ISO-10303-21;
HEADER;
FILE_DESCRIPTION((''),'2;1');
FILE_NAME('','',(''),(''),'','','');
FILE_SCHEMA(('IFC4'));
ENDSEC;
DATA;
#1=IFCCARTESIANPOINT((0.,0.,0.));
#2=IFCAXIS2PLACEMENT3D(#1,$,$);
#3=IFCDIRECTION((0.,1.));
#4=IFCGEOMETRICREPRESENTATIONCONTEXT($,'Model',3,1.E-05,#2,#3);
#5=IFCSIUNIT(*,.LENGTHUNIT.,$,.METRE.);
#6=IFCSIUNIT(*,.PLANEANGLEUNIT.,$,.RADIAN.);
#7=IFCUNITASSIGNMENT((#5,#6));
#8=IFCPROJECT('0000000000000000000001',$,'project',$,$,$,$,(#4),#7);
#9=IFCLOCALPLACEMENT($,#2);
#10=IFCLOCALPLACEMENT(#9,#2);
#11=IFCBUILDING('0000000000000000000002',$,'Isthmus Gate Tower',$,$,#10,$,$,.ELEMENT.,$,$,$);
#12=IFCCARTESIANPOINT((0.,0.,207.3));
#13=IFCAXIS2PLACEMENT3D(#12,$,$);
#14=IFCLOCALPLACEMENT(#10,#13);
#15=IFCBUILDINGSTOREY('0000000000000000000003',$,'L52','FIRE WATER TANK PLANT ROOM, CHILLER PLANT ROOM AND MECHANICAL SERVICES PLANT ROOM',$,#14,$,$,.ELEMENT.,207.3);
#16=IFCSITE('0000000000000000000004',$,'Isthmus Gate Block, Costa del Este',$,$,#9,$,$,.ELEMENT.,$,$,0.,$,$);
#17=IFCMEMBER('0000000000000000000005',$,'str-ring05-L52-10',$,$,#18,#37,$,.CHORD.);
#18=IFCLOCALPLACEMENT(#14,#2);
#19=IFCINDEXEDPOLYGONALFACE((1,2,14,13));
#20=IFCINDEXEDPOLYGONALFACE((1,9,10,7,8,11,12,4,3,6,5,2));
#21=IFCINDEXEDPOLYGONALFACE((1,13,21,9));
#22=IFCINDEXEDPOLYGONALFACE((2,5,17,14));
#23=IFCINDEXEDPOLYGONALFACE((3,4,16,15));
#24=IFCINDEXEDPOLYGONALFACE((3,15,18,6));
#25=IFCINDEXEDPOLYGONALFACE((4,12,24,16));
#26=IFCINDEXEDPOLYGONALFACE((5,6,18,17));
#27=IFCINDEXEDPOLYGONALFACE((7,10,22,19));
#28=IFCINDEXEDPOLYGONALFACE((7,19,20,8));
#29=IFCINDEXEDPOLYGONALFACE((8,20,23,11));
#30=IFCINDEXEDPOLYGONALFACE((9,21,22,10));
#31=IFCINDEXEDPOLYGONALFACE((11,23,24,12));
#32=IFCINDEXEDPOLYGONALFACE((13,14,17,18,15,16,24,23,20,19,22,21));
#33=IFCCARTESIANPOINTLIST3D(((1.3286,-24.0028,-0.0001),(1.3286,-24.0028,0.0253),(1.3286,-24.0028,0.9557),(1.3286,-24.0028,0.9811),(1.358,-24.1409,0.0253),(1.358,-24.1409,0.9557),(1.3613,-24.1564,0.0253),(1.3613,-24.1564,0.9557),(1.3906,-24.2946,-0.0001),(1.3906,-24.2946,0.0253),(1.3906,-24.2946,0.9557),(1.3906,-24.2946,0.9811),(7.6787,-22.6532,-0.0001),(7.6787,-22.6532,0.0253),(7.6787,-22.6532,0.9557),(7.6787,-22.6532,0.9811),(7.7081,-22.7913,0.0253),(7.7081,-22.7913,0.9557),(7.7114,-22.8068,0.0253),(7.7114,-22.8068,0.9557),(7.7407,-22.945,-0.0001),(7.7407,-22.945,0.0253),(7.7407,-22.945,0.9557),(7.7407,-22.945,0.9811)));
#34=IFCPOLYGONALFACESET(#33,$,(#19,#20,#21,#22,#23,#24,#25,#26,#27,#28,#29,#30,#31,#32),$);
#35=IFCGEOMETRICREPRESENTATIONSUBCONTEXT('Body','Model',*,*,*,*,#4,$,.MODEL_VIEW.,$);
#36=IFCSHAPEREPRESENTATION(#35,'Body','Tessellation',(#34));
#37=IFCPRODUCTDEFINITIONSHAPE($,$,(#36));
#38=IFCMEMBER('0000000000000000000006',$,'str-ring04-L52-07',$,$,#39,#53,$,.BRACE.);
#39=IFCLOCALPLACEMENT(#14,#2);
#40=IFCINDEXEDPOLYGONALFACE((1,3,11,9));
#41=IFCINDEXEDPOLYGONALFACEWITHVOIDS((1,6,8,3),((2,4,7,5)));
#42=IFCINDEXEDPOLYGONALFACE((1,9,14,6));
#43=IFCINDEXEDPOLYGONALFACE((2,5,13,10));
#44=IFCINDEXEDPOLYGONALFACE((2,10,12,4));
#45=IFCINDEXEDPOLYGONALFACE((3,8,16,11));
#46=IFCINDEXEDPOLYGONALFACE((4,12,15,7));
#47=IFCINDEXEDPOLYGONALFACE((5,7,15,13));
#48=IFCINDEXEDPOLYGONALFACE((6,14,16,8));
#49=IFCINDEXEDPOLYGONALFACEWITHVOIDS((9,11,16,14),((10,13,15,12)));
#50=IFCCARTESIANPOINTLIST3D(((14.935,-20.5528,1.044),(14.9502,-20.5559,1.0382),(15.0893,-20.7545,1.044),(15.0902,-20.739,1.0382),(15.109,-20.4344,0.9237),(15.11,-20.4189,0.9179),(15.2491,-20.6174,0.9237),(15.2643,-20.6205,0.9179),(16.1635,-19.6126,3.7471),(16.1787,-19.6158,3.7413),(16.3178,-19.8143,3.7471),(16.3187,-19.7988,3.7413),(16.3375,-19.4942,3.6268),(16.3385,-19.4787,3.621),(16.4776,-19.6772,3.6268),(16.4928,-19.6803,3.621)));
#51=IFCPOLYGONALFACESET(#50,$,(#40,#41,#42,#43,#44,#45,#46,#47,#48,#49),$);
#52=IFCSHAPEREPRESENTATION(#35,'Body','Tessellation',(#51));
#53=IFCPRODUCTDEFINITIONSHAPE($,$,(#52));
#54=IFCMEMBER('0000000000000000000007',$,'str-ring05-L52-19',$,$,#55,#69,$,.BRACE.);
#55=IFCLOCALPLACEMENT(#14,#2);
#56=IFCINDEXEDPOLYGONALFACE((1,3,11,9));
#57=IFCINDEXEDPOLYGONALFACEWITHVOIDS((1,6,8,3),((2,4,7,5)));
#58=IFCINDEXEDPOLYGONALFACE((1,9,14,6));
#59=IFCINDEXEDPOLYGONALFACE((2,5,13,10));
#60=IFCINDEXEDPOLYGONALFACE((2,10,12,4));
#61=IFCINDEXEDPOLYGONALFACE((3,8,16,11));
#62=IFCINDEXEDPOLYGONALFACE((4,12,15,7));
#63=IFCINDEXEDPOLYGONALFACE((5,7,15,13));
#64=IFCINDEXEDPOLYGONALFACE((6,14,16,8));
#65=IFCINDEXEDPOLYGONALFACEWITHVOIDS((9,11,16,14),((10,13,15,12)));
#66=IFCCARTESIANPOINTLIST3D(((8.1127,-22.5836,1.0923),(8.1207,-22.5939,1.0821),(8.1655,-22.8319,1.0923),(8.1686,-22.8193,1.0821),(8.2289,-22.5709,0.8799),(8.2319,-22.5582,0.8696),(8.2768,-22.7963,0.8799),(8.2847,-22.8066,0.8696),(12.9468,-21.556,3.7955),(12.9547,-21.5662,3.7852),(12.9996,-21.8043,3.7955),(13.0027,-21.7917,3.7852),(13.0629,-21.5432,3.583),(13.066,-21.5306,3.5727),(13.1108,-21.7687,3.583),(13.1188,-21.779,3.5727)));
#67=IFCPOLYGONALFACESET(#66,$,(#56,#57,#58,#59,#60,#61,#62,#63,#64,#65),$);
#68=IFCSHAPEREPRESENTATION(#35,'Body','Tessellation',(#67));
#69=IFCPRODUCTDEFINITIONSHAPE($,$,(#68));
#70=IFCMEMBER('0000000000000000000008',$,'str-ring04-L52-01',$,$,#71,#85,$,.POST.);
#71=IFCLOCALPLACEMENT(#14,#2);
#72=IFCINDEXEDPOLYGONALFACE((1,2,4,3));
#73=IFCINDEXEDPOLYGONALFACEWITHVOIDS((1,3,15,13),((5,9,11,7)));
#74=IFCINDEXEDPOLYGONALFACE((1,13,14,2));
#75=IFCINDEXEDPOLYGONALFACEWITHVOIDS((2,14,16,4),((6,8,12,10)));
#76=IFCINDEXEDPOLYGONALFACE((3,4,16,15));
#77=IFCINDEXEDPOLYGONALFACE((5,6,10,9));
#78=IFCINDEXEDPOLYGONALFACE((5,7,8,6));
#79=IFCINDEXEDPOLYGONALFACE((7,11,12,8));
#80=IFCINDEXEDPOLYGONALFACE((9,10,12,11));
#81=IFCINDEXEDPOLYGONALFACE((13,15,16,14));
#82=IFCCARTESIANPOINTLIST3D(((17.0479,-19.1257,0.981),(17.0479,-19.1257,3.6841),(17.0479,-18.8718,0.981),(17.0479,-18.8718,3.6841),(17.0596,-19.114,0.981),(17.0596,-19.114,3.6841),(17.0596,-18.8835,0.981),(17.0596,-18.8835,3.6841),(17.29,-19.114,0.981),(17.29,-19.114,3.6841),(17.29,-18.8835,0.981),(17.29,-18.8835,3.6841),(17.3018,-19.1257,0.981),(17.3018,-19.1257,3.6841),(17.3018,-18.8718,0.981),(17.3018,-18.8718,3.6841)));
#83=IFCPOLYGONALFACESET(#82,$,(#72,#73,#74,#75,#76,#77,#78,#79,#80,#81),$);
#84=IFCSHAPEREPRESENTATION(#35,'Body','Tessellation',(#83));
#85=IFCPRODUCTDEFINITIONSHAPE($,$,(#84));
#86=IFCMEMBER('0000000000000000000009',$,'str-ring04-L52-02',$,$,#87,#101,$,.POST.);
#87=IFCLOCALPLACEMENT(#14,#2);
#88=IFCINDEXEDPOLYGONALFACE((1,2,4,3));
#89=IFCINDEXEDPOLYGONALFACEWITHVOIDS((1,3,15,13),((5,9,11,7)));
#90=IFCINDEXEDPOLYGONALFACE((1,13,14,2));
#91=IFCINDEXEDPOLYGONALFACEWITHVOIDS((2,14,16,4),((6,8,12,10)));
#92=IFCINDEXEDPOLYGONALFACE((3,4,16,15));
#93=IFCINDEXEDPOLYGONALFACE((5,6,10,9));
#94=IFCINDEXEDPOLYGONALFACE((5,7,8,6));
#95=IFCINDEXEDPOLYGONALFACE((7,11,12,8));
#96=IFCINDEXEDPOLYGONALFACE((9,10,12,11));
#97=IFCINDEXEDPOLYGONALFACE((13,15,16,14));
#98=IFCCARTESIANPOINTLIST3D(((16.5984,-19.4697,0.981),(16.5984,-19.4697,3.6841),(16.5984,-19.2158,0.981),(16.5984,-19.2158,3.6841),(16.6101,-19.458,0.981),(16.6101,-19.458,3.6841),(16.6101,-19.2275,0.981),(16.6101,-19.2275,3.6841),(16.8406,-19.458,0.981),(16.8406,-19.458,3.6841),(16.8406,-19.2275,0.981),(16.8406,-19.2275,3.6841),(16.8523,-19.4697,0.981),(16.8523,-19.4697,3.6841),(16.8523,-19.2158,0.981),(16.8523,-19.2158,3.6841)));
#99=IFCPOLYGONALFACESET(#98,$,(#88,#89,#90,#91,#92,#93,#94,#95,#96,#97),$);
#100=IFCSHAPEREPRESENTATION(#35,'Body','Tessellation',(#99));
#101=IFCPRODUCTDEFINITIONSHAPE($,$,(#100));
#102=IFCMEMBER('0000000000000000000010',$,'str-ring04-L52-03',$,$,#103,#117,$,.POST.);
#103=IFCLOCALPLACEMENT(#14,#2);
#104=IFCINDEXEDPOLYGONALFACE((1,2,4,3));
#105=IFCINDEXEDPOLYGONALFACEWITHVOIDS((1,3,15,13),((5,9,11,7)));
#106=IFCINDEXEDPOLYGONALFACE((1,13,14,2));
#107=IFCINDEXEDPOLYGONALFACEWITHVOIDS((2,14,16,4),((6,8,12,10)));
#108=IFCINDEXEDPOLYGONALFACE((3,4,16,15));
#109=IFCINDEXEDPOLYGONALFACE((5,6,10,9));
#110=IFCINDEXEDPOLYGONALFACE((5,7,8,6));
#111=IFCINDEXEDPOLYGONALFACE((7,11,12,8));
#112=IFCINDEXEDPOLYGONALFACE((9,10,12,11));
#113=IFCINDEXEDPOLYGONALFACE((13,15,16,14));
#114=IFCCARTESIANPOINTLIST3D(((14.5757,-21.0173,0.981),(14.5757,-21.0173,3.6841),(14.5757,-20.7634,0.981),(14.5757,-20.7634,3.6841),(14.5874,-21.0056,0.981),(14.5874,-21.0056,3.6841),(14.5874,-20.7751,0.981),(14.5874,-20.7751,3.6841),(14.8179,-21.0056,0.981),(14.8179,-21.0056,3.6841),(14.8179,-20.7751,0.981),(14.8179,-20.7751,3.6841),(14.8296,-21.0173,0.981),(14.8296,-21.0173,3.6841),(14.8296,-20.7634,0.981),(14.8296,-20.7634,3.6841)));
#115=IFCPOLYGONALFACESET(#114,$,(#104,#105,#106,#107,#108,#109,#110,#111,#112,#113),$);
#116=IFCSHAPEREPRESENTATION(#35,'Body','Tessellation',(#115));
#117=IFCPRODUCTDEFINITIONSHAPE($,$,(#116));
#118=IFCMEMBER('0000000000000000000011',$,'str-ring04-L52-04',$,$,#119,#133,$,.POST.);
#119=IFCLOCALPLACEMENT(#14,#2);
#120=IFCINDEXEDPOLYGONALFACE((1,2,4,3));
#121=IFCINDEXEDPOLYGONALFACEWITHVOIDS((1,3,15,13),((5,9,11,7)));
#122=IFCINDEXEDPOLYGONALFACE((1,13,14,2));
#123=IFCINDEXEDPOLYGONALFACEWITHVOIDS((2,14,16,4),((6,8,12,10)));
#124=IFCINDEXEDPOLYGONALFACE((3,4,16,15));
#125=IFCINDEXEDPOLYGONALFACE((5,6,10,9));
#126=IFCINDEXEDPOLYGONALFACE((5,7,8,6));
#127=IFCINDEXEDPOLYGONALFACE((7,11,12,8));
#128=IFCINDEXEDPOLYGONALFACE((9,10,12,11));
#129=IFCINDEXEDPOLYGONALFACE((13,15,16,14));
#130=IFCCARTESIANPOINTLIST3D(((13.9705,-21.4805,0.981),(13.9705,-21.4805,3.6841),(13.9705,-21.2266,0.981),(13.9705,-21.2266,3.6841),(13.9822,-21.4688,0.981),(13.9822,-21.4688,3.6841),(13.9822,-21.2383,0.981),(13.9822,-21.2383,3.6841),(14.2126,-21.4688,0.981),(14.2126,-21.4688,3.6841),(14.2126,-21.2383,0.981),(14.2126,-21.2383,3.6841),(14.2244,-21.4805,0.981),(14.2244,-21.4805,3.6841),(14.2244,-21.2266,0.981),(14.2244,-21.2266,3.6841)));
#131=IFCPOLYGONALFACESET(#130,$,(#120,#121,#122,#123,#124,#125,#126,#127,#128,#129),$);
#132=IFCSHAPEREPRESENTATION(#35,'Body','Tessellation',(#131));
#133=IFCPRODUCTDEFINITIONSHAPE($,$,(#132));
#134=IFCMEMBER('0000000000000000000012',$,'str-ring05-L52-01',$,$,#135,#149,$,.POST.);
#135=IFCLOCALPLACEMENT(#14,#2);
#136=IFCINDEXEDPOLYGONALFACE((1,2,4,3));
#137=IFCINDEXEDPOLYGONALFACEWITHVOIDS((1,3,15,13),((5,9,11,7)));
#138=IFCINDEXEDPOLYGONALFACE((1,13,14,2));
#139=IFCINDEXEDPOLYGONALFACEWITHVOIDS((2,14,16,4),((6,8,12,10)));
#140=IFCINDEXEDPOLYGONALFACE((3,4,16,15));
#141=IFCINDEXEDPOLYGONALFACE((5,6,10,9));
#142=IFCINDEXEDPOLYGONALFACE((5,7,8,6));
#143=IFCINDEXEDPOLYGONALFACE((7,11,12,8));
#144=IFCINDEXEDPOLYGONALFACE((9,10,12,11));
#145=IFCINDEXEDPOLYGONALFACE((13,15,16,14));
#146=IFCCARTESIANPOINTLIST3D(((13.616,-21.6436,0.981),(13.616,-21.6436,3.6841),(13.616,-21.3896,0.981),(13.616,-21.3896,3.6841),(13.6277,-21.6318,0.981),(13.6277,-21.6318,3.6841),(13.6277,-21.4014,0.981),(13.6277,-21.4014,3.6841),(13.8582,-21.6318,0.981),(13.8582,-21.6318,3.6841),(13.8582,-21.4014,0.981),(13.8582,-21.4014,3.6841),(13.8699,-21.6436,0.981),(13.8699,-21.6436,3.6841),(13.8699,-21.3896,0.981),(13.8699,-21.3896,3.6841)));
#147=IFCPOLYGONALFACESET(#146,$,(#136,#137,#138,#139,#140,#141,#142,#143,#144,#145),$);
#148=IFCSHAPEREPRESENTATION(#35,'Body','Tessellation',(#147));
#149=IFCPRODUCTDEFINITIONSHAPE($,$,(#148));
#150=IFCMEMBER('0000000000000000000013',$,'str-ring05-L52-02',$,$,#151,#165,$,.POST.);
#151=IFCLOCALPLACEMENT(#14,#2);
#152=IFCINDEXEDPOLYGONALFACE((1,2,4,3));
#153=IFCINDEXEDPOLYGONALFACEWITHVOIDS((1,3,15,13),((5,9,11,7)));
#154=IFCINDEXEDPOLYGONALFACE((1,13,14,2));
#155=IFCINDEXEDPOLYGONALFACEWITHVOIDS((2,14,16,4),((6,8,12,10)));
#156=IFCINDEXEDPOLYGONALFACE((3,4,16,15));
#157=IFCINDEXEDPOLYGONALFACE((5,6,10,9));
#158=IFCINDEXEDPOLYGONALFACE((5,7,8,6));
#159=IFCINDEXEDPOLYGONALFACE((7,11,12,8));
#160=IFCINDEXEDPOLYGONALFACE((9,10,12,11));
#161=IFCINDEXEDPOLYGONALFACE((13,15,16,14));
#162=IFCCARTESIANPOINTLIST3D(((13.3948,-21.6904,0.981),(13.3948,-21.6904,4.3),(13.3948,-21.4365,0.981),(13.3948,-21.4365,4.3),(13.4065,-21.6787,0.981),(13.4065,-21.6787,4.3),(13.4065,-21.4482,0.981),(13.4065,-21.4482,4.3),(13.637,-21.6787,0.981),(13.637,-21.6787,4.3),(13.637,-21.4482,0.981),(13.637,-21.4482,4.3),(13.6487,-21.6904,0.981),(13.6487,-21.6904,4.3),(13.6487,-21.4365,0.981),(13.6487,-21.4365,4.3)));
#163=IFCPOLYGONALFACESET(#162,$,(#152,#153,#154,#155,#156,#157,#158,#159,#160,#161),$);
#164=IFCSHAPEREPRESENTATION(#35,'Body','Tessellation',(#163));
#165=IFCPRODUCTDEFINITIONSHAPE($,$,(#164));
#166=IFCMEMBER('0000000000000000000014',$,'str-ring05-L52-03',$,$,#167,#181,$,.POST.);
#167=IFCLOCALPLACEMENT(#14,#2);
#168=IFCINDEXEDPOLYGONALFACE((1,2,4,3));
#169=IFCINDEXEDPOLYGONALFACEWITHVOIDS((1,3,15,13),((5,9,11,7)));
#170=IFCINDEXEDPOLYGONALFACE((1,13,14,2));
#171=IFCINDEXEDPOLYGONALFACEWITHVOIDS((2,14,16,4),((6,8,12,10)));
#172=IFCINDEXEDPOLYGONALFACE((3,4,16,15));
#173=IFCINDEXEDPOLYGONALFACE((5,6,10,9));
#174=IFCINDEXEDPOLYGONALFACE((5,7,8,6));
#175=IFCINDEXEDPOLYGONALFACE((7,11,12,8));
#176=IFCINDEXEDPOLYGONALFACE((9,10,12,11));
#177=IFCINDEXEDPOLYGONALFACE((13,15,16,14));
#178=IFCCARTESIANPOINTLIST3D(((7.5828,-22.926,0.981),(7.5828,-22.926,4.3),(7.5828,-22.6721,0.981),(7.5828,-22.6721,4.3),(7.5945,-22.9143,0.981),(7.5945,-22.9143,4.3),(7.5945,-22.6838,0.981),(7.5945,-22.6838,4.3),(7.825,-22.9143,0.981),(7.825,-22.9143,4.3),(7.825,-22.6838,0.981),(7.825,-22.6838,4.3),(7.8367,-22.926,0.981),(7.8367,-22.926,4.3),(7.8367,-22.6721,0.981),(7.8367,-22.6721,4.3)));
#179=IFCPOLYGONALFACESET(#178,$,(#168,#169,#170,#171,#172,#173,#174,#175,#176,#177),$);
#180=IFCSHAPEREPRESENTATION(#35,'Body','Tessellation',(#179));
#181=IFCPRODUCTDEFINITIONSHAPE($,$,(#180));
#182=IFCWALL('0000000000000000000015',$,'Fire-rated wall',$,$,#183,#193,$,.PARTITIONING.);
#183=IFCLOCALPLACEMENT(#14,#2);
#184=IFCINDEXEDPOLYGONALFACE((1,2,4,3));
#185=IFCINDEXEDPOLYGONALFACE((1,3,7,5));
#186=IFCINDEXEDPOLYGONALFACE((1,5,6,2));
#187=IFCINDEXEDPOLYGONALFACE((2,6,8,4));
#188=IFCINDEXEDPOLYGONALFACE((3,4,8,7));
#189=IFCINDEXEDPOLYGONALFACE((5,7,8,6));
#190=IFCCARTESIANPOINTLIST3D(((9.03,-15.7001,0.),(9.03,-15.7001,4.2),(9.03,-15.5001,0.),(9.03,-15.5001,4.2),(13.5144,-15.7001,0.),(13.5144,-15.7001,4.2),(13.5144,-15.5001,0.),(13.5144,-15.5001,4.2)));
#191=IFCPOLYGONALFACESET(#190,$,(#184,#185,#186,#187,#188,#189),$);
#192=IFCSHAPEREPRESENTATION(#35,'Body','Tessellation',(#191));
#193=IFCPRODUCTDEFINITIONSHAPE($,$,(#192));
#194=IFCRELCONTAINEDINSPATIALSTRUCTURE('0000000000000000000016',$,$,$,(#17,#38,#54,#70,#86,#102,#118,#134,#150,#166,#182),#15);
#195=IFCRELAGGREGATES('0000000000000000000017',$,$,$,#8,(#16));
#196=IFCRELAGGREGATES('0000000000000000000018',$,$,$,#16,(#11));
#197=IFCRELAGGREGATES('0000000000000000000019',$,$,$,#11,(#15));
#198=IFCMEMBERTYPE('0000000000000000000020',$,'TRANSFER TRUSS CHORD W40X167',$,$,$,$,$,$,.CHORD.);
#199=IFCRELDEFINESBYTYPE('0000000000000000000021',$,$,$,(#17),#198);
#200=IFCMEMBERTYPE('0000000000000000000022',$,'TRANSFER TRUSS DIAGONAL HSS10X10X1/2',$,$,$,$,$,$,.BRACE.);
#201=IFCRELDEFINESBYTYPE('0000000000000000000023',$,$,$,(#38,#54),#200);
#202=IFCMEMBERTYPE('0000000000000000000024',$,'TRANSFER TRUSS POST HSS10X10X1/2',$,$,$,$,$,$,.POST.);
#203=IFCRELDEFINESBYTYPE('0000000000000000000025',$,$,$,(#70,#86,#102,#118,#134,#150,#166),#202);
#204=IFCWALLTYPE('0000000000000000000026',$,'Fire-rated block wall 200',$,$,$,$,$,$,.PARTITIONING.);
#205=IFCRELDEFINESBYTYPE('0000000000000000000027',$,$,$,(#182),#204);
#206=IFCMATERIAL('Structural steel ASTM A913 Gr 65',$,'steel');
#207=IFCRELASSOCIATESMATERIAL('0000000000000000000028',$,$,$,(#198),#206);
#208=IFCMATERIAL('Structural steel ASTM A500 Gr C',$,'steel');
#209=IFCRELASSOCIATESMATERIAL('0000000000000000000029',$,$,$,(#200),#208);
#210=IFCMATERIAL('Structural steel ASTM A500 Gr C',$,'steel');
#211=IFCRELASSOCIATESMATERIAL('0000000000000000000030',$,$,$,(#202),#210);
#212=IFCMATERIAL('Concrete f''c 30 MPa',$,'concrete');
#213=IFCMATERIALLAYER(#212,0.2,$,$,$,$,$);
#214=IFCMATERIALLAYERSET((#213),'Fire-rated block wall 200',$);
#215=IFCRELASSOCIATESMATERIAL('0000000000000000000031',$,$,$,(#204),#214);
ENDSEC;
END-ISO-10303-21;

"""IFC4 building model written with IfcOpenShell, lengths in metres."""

from ifc_helpers import new_model, si_unit, direction, frame, frame_2d, origin, origin_2d, place, context, subcontext, project, spatial, rectangle, hollow_rectangle, i_section, extrude, material, layer, layer_set, material_profile, profile_set, type_object, element, save


model = new_model("IFC4")

# Units and contexts
model_context = context("Model", 3, precision=1e-05, world=origin(), true_north=direction((0.0, 1.0)))
body_context = subcontext(model_context, "Body", "Model", "MODEL_VIEW")
ifc_project = project(units=[si_unit("LENGTHUNIT", "METRE"), si_unit("PLANEANGLEUNIT", "RADIAN")], contexts=[model_context])

# Site, building, storey
site_placement = place(None, origin())
site = spatial("IfcSite", under=ifc_project, at=site_placement, Name="Isthmus Gate Block, Costa del Este", CompositionType="ELEMENT", RefElevation=0.0)
building_placement = place(site_placement, origin())
building = spatial("IfcBuilding", under=site, at=building_placement, Name="Isthmus Gate Tower", CompositionType="ELEMENT")
storey_placement = place(building_placement, frame((0.0, 0.0, 207.3)))
storey = spatial("IfcBuildingStorey", under=building, at=storey_placement, Name="L52", Description="FIRE WATER TANK PLANT ROOM, CHILLER PLANT ROOM AND MECHANICAL SERVICES PLANT ROOM", CompositionType="ELEMENT", Elevation=207.3)

# Members
ifc_material_1 = material(Name="Structural steel ASTM A913 Gr 65", Category="steel")
ifc_material_profile_1 = material_profile(ifc_material_1, i_section(OverallWidth=0.2983, OverallDepth=0.9812, WebThickness=0.0159, FlangeThickness=0.0254, at=origin_2d()), Name="W40X167")
ifc_profile_set_1 = profile_set([ifc_material_profile_1], Name="Structural steel ASTM A913 Gr 65")
member_type_1 = type_object("IfcMemberType", Name="TRANSFER TRUSS CHORD W40X167", PredefinedType="CHORD", material=ifc_profile_set_1)
member_1_placement = place(storey_placement, frame((7.7097, -22.7991, 0.4905), z_axis=(-0.978152, -0.20789, 0.0), x_axis=(0.20789, -0.978152, 0.0)))
element("IfcMember", 1, at=member_1_placement, inside=storey, type_object=member_type_1, Name="str-ring05-L52-10", PredefinedType="CHORD", context=body_context, shape_type="SweptSolid", body=[
    extrude(i_section(OverallWidth=0.2983, OverallDepth=0.9812, WebThickness=0.0159, FlangeThickness=0.0254, at=origin_2d()), origin(), (0.0, 0.0, 1.0), 6.4919),
])
ifc_material_2 = material(Name="Structural steel ASTM A500 Gr C", Category="steel")
ifc_material_profile_2 = material_profile(ifc_material_2, hollow_rectangle(XDim=0.2539, YDim=0.2539, WallThickness=0.0117, at=origin_2d()), Name="HSS10X10X1/2")
ifc_profile_set_2 = profile_set([ifc_material_profile_2], Name="Structural steel ASTM A500 Gr C")
member_type_2 = type_object("IfcMemberType", Name="TRANSFER TRUSS DIAGONAL HSS10X10X1/2", PredefinedType="BRACE", material=ifc_profile_set_2)
member_2_placement = place(storey_placement, frame((15.0996, -20.5867, 0.981), z_axis=(0.394451, 0.301874, 0.867917), x_axis=(-0.607749, 0.794129, 0.0)))
element("IfcMember", 2, at=member_2_placement, inside=storey, type_object=member_type_2, Name="str-ring04-L52-07", PredefinedType="BRACE", context=body_context, shape_type="SweptSolid", body=[
    extrude(hollow_rectangle(XDim=0.2539, YDim=0.2539, WallThickness=0.0117, at=origin_2d()), origin(), (0.0, 0.0, 1.0), 3.1145),
])
member_3_placement = place(storey_placement, frame((8.1987, -22.6951, 0.981), z_axis=(0.858161, 0.182424, 0.479877), x_axis=(-0.20793, 0.978144, 0.0)))
element("IfcMember", 3, at=member_3_placement, inside=storey, type_object=member_type_2, Name="str-ring05-L52-19", PredefinedType="BRACE", context=body_context, shape_type="SweptSolid", body=[
    extrude(hollow_rectangle(XDim=0.2539, YDim=0.2539, WallThickness=0.0117, at=origin_2d()), origin(), (0.0, 0.0, 1.0), 5.6331),
])
ifc_material_3 = material(Name="Structural steel ASTM A500 Gr C", Category="steel")
ifc_material_profile_3 = material_profile(ifc_material_3, hollow_rectangle(XDim=0.2539, YDim=0.2539, WallThickness=0.0117, at=origin_2d()), Name="HSS10X10X1/2")
ifc_profile_set_3 = profile_set([ifc_material_profile_3], Name="Structural steel ASTM A500 Gr C")
member_type_3 = type_object("IfcMemberType", Name="TRANSFER TRUSS POST HSS10X10X1/2", PredefinedType="POST", material=ifc_profile_set_3)
for number, where, z_axis, x_axis, name in (
    (4, (17.1748, -18.9988, 0.981), (0.0, 0.0, 1.0), (1.0, 0.0, 0.0), "str-ring04-L52-01"),
    (5, (16.7253, -19.3428, 0.981), (0.0, 0.0, 1.0), (1.0, 0.0, 0.0), "str-ring04-L52-02"),
    (6, (14.7026, -20.8904, 0.981), (0.0, 0.0, 1.0), (1.0, 0.0, 0.0), "str-ring04-L52-03"),
    (7, (14.0974, -21.3535, 0.981), (0.0, 0.0, 1.0), (1.0, 0.0, 0.0), "str-ring04-L52-04"),
    (8, (13.7429, -21.5166, 0.981), (0.0, 0.0, 1.0), (1.0, 0.0, 0.0), "str-ring05-L52-01"),
):
    element("IfcMember", number, at=place(storey_placement, frame(where, z_axis=z_axis, x_axis=x_axis)), inside=storey, type_object=member_type_3, Name=name, PredefinedType="POST", context=body_context, shape_type="SweptSolid", body=[
        extrude(hollow_rectangle(XDim=0.2539, YDim=0.2539, WallThickness=0.0117, at=origin_2d()), origin(), (0.0, 0.0, 1.0), 2.7031),
    ])
for number, where, z_axis, x_axis, name in (
    (9, (13.5217, -21.5635, 0.981), (0.0, 0.0, 1.0), (1.0, 0.0, 0.0), "str-ring05-L52-02"),
    (10, (7.7097, -22.7991, 0.981), (0.0, 0.0, 1.0), (1.0, 0.0, 0.0), "str-ring05-L52-03"),
):
    element("IfcMember", number, at=place(storey_placement, frame(where, z_axis=z_axis, x_axis=x_axis)), inside=storey, type_object=member_type_3, Name=name, PredefinedType="POST", context=body_context, shape_type="SweptSolid", body=[
        extrude(hollow_rectangle(XDim=0.2539, YDim=0.2539, WallThickness=0.0117, at=origin_2d()), origin(), (0.0, 0.0, 1.0), 3.3191),
    ])

# Wall
ifc_material_4 = material(Name="Concrete f'c 30 MPa", Category="concrete")
ifc_layer_1 = layer(ifc_material_4, 0.2)
ifc_layer_set_1 = layer_set([ifc_layer_1], Name="Fire-rated block wall 200")
wall_type_1 = type_object("IfcWallType", Name="Fire-rated block wall 200", PredefinedType="PARTITIONING", material=ifc_layer_set_1)
wall_1_placement = place(storey_placement, frame((9.03, -15.6001, 0.0), z_axis=(0.0, 0.0, 1.0), x_axis=(1.0, 0.0, 0.0)))
element("IfcWall", 11, at=wall_1_placement, inside=storey, type_object=wall_type_1, Name="Fire-rated wall", PredefinedType="PARTITIONING", context=body_context, shape_type="SweptSolid", body=[
    extrude(rectangle(XDim=4.4844, YDim=0.2, at=frame_2d((2.2422, 0.0))), origin(), (0.0, 0.0, 1.0), 4.2),
])

save(model, "model.ifc")
